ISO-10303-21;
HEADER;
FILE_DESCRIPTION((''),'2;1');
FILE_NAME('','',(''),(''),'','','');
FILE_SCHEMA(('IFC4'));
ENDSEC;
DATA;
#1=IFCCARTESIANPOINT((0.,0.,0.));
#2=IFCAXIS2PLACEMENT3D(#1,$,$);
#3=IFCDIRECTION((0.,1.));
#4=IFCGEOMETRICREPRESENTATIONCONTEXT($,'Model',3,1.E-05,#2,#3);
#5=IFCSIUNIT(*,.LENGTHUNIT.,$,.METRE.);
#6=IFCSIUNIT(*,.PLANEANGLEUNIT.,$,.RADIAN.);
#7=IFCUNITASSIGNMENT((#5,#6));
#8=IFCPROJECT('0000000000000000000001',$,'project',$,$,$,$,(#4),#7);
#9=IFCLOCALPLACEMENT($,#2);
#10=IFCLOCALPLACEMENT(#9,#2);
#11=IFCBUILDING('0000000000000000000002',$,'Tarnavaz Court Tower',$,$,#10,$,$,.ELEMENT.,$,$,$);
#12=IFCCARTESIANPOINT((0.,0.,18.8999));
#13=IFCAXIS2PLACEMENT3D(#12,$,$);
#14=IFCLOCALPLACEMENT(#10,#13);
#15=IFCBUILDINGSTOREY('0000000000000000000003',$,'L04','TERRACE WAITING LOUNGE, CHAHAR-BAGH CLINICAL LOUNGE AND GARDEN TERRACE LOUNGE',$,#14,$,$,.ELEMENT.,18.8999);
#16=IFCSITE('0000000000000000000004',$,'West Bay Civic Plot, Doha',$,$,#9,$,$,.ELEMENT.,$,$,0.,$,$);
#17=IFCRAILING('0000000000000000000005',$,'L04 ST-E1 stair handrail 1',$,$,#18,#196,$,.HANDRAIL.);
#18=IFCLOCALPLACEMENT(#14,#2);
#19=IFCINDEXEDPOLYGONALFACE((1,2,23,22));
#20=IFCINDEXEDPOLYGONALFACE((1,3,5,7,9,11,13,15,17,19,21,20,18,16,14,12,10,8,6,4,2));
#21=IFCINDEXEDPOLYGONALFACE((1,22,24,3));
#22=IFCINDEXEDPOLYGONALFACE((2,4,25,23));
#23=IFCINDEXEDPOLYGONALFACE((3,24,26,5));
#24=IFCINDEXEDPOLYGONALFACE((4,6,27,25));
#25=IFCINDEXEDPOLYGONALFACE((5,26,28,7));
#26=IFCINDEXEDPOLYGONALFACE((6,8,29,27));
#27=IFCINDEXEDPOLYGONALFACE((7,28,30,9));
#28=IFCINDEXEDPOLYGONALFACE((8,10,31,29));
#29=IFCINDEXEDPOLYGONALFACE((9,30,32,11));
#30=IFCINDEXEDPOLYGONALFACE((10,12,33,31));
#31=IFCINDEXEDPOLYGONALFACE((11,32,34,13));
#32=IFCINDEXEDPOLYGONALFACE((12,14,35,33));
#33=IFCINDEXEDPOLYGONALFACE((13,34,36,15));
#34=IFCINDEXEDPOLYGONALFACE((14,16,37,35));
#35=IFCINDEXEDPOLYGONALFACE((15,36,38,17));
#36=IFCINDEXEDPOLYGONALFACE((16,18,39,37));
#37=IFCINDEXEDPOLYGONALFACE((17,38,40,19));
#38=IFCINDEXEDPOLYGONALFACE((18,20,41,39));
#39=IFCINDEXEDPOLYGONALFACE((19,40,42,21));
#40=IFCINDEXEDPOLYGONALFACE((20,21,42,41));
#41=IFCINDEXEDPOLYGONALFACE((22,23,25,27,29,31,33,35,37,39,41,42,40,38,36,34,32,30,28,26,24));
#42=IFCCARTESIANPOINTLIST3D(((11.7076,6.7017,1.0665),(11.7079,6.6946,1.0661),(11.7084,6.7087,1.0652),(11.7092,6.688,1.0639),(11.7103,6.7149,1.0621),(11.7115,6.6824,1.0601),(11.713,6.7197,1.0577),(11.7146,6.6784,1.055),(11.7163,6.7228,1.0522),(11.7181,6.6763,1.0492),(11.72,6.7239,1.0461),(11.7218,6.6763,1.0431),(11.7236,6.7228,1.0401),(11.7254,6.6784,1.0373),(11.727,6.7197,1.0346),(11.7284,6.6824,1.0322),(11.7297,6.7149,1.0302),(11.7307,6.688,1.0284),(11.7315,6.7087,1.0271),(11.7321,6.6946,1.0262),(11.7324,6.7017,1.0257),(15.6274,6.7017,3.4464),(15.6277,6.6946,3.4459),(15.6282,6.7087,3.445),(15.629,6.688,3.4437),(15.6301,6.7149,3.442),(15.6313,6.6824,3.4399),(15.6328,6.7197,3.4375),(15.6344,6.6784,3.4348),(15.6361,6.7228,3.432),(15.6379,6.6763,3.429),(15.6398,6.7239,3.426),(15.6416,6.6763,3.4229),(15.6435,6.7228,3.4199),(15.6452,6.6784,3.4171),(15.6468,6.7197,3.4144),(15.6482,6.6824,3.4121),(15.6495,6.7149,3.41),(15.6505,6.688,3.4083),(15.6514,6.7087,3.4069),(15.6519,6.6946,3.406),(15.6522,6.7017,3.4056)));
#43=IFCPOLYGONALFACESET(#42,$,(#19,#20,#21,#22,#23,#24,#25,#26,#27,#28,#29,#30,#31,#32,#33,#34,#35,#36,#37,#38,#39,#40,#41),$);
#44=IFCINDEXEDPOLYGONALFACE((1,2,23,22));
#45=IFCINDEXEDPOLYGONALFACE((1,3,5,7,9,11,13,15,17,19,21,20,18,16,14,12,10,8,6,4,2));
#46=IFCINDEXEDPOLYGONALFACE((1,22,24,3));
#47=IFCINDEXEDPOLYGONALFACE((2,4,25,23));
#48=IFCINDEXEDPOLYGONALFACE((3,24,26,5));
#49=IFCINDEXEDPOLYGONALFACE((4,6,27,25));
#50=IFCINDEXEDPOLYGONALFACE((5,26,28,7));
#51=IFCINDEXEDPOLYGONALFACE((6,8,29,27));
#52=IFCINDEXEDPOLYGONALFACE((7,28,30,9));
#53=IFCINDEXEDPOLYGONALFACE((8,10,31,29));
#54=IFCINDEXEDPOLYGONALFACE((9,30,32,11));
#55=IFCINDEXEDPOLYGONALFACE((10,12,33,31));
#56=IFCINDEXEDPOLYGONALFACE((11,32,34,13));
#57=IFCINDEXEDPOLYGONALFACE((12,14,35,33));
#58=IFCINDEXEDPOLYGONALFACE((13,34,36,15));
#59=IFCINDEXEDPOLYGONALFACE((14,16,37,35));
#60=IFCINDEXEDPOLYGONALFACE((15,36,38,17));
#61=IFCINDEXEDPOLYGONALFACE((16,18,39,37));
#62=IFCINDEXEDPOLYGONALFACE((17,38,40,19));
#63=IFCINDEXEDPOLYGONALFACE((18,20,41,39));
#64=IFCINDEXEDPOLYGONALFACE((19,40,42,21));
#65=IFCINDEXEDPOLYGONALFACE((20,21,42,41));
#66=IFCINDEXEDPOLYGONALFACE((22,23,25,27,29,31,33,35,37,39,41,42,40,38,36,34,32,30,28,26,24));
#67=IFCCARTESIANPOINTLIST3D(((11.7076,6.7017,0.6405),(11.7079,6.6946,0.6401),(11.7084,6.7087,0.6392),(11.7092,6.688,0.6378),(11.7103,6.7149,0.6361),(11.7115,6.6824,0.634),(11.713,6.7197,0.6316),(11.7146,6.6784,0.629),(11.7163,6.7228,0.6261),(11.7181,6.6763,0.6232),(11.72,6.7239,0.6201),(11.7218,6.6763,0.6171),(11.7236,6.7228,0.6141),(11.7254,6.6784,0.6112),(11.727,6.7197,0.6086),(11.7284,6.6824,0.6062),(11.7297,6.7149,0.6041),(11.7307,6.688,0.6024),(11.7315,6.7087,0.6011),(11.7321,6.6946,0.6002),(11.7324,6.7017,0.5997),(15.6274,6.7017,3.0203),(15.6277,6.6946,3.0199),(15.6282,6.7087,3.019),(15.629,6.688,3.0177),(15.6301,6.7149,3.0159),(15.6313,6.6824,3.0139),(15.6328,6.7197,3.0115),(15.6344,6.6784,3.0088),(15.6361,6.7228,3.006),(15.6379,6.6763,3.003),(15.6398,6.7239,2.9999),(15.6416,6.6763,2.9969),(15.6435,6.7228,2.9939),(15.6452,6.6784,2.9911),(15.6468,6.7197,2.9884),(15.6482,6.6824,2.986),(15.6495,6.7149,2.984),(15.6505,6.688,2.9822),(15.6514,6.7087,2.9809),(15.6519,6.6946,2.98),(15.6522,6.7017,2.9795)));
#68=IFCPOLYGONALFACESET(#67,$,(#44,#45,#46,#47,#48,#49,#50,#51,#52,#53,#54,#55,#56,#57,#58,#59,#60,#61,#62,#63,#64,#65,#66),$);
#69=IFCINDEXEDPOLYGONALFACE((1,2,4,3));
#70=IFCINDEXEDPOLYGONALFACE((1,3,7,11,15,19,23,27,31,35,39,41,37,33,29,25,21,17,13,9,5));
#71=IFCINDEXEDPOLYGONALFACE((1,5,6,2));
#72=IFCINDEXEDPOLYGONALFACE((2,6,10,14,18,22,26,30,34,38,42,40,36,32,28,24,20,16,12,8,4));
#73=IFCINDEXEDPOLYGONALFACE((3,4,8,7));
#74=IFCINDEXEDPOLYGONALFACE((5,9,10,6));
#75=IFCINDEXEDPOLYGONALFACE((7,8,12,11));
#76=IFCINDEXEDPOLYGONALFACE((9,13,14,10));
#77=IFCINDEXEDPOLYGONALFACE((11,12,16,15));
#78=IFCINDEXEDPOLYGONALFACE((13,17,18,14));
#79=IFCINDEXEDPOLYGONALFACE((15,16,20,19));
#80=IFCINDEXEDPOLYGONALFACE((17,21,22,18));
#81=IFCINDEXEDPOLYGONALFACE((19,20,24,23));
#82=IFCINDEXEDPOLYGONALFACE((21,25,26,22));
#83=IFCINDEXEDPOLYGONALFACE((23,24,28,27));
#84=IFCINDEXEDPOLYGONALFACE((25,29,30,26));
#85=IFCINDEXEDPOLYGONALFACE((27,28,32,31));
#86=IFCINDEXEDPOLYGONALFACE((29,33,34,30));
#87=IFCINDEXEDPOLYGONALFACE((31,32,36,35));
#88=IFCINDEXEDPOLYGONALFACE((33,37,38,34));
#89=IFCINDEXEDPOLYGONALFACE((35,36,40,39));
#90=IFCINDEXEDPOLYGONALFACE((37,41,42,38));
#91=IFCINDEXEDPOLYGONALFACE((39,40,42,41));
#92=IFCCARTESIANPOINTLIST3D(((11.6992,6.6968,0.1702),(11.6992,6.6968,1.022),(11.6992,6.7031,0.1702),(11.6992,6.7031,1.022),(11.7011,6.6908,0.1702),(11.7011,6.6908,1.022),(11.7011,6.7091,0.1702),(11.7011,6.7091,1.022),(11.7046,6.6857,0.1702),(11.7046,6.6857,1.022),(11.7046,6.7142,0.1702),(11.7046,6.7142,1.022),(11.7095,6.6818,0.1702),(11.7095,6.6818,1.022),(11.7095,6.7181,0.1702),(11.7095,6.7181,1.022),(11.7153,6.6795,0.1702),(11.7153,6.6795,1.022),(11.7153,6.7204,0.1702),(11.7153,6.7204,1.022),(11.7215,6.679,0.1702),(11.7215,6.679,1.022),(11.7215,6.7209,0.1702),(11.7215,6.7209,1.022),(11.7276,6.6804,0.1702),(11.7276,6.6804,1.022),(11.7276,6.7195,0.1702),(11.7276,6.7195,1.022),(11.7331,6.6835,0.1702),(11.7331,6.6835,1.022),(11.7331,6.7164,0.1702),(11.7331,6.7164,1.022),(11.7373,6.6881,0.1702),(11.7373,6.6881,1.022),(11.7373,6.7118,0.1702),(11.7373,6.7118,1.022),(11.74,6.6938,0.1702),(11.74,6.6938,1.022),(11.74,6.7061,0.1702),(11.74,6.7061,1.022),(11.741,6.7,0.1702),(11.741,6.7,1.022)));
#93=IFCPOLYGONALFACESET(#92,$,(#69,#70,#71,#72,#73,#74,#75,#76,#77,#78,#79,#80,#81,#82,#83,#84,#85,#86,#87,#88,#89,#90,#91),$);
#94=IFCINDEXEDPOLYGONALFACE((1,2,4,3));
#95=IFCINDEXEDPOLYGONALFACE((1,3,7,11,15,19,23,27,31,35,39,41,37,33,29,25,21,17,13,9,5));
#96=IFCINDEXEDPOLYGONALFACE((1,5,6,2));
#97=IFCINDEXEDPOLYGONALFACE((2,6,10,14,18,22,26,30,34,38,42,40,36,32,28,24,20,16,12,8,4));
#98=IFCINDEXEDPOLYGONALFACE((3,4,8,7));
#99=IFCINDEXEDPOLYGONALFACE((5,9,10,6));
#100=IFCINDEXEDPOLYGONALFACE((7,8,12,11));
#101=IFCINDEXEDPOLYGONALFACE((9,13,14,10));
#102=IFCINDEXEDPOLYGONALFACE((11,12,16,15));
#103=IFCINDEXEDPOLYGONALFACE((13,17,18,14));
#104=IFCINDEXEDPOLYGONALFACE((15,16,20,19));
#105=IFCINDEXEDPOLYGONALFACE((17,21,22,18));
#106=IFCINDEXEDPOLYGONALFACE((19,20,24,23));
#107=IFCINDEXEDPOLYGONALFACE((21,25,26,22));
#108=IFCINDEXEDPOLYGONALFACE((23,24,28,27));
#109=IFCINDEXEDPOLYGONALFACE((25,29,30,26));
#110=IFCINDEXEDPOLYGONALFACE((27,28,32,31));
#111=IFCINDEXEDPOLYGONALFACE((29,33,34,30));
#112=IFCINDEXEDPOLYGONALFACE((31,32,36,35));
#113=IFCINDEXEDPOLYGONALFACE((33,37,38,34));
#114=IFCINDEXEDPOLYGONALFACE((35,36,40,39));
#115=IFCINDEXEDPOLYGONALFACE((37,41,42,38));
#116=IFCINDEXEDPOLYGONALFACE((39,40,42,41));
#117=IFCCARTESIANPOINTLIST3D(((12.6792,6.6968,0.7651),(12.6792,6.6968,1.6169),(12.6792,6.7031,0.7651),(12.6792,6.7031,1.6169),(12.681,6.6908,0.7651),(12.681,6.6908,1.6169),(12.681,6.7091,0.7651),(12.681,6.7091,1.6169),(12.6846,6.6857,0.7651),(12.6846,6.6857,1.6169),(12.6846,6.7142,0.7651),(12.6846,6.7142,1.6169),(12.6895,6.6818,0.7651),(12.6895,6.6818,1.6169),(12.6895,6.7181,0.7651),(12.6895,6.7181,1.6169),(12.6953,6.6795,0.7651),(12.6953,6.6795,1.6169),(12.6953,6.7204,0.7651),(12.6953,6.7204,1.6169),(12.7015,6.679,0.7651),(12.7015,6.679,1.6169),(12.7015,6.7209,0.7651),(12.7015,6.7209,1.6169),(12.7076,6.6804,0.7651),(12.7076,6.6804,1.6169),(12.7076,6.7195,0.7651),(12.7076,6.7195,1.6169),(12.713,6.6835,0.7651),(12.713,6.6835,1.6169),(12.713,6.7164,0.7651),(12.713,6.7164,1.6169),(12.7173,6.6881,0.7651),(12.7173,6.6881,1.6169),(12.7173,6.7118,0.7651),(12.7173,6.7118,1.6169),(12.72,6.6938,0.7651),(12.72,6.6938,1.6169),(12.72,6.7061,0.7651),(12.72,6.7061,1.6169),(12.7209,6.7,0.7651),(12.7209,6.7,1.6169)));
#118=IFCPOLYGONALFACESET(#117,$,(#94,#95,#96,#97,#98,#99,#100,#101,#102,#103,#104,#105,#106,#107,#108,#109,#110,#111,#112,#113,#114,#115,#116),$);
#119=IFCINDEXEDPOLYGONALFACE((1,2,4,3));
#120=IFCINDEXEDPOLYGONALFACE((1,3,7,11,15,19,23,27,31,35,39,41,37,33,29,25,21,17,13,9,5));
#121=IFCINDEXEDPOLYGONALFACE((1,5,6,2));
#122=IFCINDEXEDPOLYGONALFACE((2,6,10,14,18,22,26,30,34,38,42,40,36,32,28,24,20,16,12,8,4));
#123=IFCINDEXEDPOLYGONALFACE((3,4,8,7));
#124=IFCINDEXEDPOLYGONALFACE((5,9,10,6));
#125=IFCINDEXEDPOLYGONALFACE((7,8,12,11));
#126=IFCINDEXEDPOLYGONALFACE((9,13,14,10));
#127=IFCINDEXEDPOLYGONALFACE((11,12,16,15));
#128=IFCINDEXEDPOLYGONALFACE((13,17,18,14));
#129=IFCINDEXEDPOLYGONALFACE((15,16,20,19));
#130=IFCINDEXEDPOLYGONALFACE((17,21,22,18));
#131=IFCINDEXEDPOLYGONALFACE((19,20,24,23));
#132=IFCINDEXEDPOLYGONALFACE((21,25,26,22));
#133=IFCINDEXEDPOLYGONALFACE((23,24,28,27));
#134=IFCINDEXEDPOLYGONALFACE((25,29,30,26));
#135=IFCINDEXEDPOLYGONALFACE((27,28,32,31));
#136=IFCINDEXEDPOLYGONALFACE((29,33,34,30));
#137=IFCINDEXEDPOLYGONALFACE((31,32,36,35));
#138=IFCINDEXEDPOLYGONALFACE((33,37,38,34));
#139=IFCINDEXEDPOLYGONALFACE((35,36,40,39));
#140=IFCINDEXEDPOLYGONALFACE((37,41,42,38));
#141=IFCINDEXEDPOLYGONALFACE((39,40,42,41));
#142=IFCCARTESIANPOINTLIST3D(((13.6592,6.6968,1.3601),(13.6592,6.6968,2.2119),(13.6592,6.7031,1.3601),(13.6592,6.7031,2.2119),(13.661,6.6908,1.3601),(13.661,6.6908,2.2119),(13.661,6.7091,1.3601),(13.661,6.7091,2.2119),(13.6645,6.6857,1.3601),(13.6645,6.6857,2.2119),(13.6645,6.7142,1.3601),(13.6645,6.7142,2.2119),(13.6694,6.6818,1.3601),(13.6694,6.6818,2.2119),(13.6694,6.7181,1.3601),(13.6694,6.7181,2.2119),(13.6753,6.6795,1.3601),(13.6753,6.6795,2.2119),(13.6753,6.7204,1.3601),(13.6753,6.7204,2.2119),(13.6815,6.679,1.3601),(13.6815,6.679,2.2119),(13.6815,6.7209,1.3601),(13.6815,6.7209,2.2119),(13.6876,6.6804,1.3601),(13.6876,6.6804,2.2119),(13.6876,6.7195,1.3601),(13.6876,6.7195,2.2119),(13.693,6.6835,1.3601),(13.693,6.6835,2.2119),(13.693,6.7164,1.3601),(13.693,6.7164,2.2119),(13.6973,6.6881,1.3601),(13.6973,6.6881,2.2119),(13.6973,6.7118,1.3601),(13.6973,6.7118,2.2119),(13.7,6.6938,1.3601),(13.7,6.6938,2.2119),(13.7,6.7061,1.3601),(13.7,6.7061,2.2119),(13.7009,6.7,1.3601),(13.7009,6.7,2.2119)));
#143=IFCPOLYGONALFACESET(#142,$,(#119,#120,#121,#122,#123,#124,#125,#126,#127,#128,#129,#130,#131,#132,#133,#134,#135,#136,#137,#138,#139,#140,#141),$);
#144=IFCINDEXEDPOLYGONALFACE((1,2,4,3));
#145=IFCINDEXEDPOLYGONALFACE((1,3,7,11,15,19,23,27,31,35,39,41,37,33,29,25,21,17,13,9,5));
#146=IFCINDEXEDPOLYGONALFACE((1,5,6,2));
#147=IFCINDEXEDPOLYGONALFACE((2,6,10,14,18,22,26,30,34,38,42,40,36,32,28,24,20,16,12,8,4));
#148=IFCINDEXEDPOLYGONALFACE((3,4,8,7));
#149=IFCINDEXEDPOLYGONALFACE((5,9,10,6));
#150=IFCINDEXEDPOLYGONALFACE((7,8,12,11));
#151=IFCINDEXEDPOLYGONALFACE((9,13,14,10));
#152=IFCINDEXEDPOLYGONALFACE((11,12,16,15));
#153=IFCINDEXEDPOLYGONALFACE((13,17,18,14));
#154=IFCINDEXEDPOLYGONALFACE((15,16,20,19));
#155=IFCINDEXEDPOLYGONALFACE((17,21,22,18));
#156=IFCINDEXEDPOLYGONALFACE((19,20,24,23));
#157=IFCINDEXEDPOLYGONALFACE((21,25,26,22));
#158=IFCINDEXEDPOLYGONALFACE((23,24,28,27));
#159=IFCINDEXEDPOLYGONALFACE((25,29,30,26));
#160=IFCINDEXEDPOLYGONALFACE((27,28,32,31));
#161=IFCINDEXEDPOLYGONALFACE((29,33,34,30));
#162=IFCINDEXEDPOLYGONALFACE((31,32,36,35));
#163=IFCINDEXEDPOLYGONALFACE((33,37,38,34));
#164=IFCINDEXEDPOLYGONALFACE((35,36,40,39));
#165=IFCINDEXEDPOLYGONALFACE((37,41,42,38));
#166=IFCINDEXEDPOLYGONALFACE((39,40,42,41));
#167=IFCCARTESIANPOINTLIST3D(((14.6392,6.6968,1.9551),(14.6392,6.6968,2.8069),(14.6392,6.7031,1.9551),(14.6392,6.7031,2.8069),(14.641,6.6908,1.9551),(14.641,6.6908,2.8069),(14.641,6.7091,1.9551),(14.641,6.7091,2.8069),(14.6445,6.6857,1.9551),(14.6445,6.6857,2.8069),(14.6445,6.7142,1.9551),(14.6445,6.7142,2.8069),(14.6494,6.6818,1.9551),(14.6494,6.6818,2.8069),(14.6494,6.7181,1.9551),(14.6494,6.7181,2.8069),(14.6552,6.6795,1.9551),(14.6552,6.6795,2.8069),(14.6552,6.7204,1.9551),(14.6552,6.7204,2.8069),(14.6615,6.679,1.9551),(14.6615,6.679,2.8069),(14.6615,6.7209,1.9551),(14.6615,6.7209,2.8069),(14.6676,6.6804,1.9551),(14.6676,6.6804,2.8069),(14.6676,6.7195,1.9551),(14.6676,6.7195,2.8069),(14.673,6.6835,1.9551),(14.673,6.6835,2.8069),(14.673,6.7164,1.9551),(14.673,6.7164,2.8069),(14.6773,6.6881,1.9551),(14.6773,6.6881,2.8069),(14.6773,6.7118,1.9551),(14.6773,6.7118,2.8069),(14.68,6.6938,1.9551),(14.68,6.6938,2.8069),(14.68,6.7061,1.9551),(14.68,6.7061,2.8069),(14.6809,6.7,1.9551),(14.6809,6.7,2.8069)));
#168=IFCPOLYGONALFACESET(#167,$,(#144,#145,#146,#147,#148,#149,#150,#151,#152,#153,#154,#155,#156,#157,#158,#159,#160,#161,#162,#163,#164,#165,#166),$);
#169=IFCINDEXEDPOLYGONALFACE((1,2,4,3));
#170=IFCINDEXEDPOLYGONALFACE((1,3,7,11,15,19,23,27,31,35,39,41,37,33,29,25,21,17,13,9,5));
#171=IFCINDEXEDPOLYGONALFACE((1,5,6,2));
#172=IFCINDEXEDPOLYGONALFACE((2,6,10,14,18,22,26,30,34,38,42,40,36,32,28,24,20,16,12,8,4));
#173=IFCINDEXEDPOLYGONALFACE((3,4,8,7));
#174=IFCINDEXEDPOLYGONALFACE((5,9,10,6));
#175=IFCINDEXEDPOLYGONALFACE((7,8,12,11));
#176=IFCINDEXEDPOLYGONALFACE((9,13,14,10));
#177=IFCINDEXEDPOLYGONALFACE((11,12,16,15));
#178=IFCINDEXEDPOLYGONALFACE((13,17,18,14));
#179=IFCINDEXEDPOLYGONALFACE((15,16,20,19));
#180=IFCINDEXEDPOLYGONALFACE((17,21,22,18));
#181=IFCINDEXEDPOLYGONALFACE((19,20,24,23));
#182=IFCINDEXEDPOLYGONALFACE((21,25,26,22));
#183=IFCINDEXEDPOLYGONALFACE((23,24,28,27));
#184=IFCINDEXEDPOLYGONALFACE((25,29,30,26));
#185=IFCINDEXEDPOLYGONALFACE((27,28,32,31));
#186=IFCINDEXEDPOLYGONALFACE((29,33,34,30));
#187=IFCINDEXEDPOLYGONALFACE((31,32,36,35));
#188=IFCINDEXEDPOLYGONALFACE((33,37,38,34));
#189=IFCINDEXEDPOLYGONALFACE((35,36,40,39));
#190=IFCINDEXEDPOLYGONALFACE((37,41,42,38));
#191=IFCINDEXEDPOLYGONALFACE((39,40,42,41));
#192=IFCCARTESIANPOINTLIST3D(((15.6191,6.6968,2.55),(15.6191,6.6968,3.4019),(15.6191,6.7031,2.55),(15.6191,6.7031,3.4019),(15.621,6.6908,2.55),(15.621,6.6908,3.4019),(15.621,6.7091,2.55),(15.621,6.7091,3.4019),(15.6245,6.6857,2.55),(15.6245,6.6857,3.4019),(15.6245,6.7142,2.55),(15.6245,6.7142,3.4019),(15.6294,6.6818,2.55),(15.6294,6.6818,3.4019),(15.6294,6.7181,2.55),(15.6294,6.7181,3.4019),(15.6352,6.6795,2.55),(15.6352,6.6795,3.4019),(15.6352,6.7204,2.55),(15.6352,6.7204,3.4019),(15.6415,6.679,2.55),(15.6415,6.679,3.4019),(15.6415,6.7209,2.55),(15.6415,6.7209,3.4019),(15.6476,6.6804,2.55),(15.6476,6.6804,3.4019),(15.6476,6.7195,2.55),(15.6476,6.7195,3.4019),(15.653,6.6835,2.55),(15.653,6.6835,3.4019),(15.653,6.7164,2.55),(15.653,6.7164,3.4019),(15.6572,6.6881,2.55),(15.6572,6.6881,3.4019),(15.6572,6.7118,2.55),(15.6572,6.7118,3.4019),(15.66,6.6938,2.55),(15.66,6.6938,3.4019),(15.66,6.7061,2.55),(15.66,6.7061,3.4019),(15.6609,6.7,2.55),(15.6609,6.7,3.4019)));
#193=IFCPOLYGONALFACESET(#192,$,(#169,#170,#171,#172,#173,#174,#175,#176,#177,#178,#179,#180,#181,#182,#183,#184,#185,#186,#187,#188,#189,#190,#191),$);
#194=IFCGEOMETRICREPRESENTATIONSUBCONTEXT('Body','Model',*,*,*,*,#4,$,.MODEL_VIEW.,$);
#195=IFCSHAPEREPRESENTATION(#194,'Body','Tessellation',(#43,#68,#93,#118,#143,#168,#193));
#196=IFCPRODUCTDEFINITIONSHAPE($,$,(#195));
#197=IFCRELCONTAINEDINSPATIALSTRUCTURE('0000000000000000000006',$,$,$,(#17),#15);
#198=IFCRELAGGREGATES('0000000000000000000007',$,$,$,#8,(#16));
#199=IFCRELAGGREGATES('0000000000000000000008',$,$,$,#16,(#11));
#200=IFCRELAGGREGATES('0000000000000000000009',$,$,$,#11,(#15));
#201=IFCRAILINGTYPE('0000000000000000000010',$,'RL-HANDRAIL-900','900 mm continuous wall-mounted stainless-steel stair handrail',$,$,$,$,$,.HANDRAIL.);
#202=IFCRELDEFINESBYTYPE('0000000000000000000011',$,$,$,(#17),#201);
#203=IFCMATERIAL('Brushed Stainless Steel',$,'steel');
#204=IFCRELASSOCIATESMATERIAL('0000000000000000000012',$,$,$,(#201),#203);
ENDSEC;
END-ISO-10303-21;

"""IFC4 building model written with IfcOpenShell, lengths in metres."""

from ifc_helpers import new_model, si_unit, direction, frame, origin, origin_2d, place, context, subcontext, project, spatial, circle, extrude, material, type_object, element, save


model = new_model("IFC4")

# Units and contexts
model_context = context("Model", 3, precision=1e-05, world=origin(), true_north=direction((0.0, 1.0)))
body_context = subcontext(model_context, "Body", "Model", "MODEL_VIEW")
ifc_project = project(units=[si_unit("LENGTHUNIT", "METRE"), si_unit("PLANEANGLEUNIT", "RADIAN")], contexts=[model_context])

# Site, building, storey
site_placement = place(None, origin())
site = spatial("IfcSite", under=ifc_project, at=site_placement, Name="West Bay Civic Plot, Doha", CompositionType="ELEMENT", RefElevation=0.0)
building_placement = place(site_placement, origin())
building = spatial("IfcBuilding", under=site, at=building_placement, Name="Tarnavaz Court Tower", CompositionType="ELEMENT")
storey_placement = place(building_placement, frame((0.0, 0.0, 18.8999)))
storey = spatial("IfcBuildingStorey", under=building, at=storey_placement, Name="L04", Description="TERRACE WAITING LOUNGE, CHAHAR-BAGH CLINICAL LOUNGE AND GARDEN TERRACE LOUNGE", CompositionType="ELEMENT", Elevation=18.8999)

# Railing
ifc_material_1 = material(Name="Brushed Stainless Steel", Category="steel")
railing_type_1 = type_object("IfcRailingType", Name="RL-HANDRAIL-900", Description="900 mm continuous wall-mounted stainless-steel stair handrail", PredefinedType="HANDRAIL", material=ifc_material_1)
railing_1_placement = place(storey_placement, frame((11.72, 6.7, 0.1702)))
element("IfcRailing", 1, at=railing_1_placement, inside=storey, type_object=railing_type_1, Name="L04 ST-E1 stair handrail 1", PredefinedType="HANDRAIL", context=body_context, shape_type="SweptSolid", body=[
    extrude(circle(Radius=0.0239, at=origin_2d()), frame((0.0, 0.0, 0.876), z_axis=(0.854794, 0.0, 0.518967), x_axis=(0.0, 1.0, 0.0)), (0.0, 0.0, 1.0), 4.5857),
    extrude(circle(Radius=0.0239, at=origin_2d()), frame((0.0, 0.0, 0.45), z_axis=(0.854794, 0.0, 0.518967), x_axis=(0.0, 1.0, 0.0)), (0.0, 0.0, 1.0), 4.5857),
    extrude(circle(Radius=0.021, at=origin_2d()), origin(), (0.0, 0.0, 1.0), 0.8518),
    extrude(circle(Radius=0.021, at=origin_2d()), frame((0.98, 0.0, 0.595)), (0.0, 0.0, 1.0), 0.8518),
    extrude(circle(Radius=0.021, at=origin_2d()), frame((1.96, 0.0, 1.1899)), (0.0, 0.0, 1.0), 0.8518),
    extrude(circle(Radius=0.021, at=origin_2d()), frame((2.9399, 0.0, 1.7849)), (0.0, 0.0, 1.0), 0.8518),
    extrude(circle(Radius=0.021, at=origin_2d()), frame((3.9199, 0.0, 2.3799)), (0.0, 0.0, 1.0), 0.8518),
])

save(model, "model.ifc")
